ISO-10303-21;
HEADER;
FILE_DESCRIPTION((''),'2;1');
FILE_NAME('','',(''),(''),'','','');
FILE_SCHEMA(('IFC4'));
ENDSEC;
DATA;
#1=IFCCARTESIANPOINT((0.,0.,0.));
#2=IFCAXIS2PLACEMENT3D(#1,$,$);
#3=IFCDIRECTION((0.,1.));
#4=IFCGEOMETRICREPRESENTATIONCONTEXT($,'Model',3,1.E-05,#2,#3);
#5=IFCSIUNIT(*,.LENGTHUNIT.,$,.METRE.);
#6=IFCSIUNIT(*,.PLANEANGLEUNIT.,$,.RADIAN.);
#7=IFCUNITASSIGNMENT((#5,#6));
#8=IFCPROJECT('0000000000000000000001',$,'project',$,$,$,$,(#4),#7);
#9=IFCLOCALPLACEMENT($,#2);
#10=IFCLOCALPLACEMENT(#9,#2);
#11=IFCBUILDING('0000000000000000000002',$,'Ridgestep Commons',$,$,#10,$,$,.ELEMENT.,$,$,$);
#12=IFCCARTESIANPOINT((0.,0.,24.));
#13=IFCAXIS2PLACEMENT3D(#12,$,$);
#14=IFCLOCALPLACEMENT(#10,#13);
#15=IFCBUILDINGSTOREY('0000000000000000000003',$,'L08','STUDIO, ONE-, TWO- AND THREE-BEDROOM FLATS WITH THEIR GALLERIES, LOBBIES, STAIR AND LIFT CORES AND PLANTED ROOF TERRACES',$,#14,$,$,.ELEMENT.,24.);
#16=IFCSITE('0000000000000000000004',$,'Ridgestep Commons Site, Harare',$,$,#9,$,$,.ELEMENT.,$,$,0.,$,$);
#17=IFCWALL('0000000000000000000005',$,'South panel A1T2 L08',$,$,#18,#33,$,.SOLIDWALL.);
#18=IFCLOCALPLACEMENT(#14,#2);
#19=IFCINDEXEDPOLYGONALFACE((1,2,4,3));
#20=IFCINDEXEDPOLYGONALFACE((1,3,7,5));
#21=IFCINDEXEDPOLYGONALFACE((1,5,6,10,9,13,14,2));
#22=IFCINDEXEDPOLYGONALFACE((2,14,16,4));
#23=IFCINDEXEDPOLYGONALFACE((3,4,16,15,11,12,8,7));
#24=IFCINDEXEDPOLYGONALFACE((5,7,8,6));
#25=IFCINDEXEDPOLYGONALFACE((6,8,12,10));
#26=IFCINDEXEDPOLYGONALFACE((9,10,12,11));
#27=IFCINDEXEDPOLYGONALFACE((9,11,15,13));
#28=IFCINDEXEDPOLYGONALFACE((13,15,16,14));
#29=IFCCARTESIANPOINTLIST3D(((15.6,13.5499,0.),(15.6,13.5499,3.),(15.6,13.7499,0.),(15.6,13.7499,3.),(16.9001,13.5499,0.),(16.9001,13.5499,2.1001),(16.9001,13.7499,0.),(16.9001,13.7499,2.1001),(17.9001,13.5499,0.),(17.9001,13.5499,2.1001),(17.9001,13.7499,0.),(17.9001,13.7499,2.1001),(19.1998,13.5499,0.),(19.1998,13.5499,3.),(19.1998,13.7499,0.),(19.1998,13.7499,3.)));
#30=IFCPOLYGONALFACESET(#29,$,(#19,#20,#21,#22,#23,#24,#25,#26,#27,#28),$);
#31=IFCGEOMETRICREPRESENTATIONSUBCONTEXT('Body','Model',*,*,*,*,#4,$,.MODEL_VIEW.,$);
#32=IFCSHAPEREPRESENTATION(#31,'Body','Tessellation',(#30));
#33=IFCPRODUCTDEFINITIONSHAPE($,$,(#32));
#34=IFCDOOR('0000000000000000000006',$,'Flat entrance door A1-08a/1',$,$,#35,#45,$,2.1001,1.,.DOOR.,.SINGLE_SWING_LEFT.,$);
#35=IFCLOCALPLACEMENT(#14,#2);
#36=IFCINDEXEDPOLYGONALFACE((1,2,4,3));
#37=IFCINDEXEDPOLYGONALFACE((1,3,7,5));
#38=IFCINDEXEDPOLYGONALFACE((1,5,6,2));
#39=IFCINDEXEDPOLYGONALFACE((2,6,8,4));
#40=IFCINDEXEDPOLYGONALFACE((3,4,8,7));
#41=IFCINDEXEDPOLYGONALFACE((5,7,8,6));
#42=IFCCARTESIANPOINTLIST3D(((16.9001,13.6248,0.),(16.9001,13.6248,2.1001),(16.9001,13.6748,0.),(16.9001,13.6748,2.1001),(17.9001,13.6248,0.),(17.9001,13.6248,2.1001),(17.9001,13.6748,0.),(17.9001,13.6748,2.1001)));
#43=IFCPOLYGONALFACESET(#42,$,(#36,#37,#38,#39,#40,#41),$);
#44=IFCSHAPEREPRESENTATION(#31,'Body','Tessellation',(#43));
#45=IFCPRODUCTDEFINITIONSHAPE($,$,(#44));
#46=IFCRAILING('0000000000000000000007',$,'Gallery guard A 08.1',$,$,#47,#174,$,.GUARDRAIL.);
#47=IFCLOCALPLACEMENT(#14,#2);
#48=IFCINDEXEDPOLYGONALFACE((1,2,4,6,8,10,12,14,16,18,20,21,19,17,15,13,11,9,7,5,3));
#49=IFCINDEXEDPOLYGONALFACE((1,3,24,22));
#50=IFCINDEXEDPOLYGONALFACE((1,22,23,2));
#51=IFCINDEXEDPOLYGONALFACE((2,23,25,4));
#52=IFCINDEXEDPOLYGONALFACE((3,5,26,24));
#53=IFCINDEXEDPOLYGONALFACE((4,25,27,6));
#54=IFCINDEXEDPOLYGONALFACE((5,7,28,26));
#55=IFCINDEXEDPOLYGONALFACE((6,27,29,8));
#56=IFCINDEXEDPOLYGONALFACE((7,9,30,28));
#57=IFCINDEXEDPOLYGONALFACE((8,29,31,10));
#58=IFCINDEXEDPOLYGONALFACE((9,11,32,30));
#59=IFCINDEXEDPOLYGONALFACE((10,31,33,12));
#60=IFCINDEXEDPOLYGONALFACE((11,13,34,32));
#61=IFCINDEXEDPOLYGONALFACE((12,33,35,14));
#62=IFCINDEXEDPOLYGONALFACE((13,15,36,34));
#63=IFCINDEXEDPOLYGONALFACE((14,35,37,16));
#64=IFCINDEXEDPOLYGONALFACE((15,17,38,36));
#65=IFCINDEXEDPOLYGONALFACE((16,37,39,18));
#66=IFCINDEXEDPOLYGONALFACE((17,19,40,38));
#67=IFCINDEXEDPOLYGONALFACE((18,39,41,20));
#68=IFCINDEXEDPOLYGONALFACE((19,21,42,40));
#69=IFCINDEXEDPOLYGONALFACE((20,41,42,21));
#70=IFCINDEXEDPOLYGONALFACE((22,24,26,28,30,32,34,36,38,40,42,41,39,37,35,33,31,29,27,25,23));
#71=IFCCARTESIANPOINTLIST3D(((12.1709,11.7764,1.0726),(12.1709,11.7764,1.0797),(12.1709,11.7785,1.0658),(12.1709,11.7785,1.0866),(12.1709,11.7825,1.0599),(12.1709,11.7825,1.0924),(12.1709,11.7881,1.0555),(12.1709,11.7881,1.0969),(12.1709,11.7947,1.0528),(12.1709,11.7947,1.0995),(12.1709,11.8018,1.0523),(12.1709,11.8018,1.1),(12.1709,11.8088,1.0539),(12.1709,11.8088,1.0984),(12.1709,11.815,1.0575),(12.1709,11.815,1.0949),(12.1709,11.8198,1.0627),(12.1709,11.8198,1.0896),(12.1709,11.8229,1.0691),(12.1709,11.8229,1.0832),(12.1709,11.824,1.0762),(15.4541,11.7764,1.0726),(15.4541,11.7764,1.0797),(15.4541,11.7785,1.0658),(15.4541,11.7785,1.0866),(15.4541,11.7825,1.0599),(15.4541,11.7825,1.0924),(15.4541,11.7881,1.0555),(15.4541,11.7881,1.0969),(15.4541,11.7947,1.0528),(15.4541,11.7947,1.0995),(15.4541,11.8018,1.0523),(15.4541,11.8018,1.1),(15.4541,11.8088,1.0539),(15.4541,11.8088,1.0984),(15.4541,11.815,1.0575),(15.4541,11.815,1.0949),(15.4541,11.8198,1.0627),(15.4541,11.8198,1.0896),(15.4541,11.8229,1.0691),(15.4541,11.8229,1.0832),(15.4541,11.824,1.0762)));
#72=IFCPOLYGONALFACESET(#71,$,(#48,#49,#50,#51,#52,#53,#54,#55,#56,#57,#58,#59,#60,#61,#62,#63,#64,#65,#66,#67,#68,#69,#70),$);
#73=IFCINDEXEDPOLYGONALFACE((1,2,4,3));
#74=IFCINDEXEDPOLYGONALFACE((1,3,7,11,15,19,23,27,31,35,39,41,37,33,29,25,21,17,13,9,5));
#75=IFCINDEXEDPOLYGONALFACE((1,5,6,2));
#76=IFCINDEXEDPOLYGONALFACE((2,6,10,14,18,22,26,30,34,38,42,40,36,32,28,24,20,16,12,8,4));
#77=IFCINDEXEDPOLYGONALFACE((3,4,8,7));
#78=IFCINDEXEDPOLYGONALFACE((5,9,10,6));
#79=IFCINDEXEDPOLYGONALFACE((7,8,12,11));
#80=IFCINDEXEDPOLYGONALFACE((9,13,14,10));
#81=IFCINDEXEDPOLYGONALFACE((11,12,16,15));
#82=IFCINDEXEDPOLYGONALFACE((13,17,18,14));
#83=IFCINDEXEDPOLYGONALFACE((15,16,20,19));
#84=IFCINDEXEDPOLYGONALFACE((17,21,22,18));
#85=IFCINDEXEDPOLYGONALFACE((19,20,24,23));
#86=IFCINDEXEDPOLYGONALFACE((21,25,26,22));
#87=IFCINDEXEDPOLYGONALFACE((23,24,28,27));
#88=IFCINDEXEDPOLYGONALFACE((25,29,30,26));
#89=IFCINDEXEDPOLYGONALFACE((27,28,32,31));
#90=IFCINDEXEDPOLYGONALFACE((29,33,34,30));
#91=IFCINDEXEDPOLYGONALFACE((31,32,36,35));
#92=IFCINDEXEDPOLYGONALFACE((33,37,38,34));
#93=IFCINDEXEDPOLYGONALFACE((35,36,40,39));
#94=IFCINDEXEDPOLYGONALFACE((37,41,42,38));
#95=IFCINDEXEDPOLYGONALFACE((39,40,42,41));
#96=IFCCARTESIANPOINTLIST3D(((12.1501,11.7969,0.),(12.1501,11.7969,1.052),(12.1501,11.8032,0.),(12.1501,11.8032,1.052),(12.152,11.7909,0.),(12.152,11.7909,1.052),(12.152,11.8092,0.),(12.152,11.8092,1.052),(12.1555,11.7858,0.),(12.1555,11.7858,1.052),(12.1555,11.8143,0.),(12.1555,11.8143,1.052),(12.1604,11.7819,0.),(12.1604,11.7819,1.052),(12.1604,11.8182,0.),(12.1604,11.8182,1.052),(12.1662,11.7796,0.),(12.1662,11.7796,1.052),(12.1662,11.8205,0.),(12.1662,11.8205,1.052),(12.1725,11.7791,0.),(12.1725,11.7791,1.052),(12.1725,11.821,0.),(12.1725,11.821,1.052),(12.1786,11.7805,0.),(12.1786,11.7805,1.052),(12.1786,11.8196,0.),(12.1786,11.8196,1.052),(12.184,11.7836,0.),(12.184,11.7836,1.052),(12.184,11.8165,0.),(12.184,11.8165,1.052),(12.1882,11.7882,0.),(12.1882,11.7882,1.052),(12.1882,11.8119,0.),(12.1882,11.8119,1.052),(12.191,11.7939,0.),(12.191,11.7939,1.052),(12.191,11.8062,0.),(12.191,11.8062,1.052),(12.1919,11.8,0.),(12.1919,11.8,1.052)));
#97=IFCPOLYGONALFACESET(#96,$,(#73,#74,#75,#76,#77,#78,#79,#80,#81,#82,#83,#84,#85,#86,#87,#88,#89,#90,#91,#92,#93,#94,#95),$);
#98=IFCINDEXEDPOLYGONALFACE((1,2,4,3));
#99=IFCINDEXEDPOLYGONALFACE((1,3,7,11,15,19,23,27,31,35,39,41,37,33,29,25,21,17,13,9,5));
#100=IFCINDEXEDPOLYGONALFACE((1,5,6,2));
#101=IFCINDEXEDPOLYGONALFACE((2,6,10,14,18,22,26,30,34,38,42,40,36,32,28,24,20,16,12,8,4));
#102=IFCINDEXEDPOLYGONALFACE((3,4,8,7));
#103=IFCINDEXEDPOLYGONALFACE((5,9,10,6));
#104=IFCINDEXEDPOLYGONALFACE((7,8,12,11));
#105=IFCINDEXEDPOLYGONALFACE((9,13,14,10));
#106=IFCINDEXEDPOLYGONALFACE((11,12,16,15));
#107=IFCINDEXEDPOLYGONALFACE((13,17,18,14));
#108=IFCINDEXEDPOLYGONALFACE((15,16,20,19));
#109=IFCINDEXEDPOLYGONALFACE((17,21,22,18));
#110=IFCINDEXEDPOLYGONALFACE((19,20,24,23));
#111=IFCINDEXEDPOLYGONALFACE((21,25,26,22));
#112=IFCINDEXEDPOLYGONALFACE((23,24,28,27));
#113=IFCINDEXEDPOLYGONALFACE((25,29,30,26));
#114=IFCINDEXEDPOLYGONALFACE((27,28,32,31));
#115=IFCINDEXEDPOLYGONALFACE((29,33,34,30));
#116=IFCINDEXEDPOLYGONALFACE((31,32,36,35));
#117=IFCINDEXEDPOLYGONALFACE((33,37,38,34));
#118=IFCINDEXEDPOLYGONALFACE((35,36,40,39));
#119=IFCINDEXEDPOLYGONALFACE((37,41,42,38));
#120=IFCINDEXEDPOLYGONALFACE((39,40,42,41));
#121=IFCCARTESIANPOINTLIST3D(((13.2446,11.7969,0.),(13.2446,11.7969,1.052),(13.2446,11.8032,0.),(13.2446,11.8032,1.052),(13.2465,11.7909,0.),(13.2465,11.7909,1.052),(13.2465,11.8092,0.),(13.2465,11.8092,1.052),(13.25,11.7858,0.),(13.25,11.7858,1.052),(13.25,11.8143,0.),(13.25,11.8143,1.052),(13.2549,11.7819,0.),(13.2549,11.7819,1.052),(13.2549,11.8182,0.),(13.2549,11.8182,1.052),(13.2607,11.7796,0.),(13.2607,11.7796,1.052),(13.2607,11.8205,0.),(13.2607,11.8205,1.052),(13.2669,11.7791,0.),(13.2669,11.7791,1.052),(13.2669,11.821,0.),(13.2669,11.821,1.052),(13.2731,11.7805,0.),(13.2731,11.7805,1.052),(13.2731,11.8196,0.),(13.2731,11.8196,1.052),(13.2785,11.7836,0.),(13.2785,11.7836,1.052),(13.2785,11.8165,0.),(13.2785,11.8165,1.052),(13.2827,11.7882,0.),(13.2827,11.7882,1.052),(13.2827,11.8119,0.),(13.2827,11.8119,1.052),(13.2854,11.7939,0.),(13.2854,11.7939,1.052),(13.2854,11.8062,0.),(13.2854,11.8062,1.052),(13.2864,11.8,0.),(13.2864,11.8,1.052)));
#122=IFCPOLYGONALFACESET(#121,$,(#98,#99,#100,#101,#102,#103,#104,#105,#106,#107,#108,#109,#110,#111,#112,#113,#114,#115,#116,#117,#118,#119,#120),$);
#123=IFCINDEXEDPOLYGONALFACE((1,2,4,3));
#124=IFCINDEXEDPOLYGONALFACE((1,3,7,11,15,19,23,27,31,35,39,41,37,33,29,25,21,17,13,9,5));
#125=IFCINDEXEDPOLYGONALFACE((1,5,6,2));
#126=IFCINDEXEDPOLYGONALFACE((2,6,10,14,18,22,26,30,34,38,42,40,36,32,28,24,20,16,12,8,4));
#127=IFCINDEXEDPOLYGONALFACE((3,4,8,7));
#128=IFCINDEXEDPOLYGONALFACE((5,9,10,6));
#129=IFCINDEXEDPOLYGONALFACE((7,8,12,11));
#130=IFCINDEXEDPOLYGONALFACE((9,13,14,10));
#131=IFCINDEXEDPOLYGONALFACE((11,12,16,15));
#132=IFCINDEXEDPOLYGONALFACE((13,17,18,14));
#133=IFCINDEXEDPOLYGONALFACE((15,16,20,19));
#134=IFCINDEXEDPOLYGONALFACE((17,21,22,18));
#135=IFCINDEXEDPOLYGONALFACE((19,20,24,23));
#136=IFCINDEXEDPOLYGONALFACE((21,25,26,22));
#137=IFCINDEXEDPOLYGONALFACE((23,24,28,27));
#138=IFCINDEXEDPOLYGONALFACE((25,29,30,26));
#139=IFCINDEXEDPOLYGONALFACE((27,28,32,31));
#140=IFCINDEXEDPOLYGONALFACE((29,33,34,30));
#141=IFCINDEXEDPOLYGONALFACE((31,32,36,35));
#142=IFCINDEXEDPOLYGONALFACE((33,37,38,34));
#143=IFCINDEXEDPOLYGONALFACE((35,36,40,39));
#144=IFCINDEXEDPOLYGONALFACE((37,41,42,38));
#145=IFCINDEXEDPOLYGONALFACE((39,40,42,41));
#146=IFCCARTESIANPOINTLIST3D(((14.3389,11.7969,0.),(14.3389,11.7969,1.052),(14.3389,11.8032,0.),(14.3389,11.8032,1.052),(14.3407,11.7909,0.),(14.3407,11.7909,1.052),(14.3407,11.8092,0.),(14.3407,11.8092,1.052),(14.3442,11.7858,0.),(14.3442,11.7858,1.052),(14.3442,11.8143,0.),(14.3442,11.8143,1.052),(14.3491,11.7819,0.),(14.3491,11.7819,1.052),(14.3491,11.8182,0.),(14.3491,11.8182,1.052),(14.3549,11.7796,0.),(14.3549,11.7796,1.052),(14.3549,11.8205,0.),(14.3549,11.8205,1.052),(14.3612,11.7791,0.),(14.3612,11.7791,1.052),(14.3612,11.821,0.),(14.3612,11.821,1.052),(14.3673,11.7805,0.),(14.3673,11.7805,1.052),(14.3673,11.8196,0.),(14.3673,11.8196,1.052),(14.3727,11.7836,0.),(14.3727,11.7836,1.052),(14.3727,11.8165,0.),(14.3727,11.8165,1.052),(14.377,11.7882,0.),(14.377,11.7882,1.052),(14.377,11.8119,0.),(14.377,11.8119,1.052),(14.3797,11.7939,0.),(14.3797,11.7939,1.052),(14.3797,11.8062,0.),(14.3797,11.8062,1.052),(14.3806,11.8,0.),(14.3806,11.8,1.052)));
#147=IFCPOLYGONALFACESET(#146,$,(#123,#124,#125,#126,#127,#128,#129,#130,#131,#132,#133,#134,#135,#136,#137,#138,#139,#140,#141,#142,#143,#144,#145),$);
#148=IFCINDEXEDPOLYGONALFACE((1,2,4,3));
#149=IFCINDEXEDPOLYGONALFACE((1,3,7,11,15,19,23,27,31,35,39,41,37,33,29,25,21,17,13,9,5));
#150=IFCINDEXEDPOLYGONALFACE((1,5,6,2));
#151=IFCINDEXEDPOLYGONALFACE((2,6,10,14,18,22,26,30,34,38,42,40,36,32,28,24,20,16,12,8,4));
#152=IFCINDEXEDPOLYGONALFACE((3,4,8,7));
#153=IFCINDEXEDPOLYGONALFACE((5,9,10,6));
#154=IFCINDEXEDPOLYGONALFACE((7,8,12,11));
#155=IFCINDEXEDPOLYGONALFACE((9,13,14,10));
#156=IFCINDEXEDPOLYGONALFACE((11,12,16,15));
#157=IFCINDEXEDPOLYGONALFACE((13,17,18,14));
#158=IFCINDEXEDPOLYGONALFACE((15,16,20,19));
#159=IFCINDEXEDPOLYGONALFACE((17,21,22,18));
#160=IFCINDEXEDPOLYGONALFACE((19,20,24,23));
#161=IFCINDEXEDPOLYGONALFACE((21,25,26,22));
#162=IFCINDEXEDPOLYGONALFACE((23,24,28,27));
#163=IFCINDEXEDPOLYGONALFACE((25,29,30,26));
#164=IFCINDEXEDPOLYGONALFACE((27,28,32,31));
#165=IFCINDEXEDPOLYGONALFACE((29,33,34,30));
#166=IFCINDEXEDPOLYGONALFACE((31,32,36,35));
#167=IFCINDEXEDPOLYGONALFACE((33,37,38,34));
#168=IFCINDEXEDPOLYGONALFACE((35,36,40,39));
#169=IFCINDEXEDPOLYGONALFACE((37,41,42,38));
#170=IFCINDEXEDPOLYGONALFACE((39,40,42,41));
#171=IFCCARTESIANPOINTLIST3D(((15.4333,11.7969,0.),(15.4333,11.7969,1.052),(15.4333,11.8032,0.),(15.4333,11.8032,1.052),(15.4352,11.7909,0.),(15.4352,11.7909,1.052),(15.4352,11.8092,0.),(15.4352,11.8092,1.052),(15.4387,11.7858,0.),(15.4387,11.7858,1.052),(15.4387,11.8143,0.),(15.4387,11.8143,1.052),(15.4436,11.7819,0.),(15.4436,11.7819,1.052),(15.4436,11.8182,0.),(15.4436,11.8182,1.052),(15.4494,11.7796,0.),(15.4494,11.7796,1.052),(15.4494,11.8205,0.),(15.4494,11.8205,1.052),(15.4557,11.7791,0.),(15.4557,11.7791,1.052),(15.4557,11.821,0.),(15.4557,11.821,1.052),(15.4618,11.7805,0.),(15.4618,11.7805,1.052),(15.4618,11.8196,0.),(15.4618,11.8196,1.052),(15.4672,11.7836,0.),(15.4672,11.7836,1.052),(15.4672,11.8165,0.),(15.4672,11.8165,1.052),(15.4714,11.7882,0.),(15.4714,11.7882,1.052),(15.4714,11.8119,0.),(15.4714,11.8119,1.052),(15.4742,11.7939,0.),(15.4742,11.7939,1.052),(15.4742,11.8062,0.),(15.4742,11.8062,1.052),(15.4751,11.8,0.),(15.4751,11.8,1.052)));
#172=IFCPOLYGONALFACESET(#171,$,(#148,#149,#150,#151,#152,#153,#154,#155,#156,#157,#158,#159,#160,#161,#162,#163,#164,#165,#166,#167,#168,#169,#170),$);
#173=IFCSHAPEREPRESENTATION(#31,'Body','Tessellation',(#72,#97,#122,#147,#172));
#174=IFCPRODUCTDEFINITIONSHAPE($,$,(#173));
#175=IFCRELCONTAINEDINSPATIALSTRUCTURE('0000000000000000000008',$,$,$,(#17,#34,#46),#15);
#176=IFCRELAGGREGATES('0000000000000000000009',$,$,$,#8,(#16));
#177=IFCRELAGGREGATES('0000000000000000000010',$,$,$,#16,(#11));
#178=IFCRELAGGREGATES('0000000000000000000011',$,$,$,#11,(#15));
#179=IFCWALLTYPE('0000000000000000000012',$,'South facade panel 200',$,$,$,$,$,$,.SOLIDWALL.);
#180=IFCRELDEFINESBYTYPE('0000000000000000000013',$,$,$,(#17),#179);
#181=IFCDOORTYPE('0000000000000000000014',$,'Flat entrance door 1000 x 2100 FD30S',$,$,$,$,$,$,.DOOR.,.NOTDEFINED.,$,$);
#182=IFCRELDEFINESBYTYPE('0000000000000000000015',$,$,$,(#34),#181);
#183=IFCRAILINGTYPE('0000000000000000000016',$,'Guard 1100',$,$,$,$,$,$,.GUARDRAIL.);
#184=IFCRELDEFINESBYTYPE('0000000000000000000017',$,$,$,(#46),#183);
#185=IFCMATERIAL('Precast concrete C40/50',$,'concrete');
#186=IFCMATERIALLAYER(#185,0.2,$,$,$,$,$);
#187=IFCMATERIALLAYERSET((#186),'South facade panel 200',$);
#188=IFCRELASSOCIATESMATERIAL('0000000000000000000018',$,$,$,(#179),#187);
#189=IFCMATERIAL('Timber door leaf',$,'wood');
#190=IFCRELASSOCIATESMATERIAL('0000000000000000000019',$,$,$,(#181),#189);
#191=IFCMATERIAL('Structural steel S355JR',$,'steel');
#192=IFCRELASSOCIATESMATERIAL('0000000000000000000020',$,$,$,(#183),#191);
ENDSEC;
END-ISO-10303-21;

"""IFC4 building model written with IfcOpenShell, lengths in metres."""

from ifc_helpers import new_model, si_unit, direction, frame, frame_2d, origin, origin_2d, place, context, subcontext, project, spatial, rectangle, circle, extrude, material, layer, layer_set, type_object, element, fill, save


model = new_model("IFC4")

# Units and contexts
model_context = context("Model", 3, precision=1e-05, world=origin(), true_north=direction((0.0, 1.0)))
body_context = subcontext(model_context, "Body", "Model", "MODEL_VIEW")
ifc_project = project(units=[si_unit("LENGTHUNIT", "METRE"), si_unit("PLANEANGLEUNIT", "RADIAN")], contexts=[model_context])

# Site, building, storey
site_placement = place(None, origin())
site = spatial("IfcSite", under=ifc_project, at=site_placement, Name="Ridgestep Commons Site, Harare", CompositionType="ELEMENT", RefElevation=0.0)
building_placement = place(site_placement, origin())
building = spatial("IfcBuilding", under=site, at=building_placement, Name="Ridgestep Commons", CompositionType="ELEMENT")
storey_placement = place(building_placement, frame((0.0, 0.0, 24.0)))
storey = spatial("IfcBuildingStorey", under=building, at=storey_placement, Name="L08", Description="STUDIO, ONE-, TWO- AND THREE-BEDROOM FLATS WITH THEIR GALLERIES, LOBBIES, STAIR AND LIFT CORES AND PLANTED ROOF TERRACES", CompositionType="ELEMENT", Elevation=24.0)

# Shared definitions
ifc_material_1 = material(Name="Precast concrete C40/50", Category="concrete")
ifc_layer_1 = layer(ifc_material_1, 0.2)
ifc_layer_set_1 = layer_set([ifc_layer_1], Name="South facade panel 200")
wall_type_1 = type_object("IfcWallType", Name="South facade panel 200", PredefinedType="SOLIDWALL", material=ifc_layer_set_1)

# Wall, opening, door
wall_1_placement = place(storey_placement, frame((15.6001, 13.6499, 0.0), z_axis=(0.0, 0.0, 1.0), x_axis=(1.0, 0.0, 0.0)))
wall_1 = element("IfcWall", 1, at=wall_1_placement, inside=storey, type_object=wall_type_1, Name="South panel A1T2 L08", PredefinedType="SOLIDWALL", context=body_context, shape_type="SweptSolid", body=[
    extrude(rectangle(XDim=3.5999, YDim=0.2, at=frame_2d((1.7998, 0.0))), origin(), (0.0, 0.0, 1.0), 3.0),
])
opening_1_placement = place(wall_1_placement, frame((1.3, 0.0, 0.0)))
opening_1 = element("IfcOpeningElement", 2, at=opening_1_placement, cuts=wall_1, PredefinedType="OPENING", context=body_context, shape_type="SweptSolid", body=[
    extrude(rectangle(XDim=1.0, YDim=2.1001, at=frame_2d((0.5, 1.05))), frame((0.0, 0.1099, 0.0), z_axis=(0.0, -1.0, 0.0), x_axis=(1.0, 0.0, 0.0)), (0.0, 0.0, 1.0), 0.22),
])
ifc_material_2 = material(Name="Timber door leaf", Category="wood")
door_type_1 = type_object("IfcDoorType", Name="Flat entrance door 1000 x 2100 FD30S", OperationType="NOTDEFINED", PredefinedType="DOOR", material=ifc_material_2)
door_1_placement = place(opening_1_placement, origin())
door_1 = element("IfcDoor", 3, at=door_1_placement, inside=storey, type_object=door_type_1, Name="Flat entrance door A1-08a/1", OperationType="SINGLE_SWING_LEFT", OverallHeight=2.1001, OverallWidth=1.0, PredefinedType="DOOR", context=body_context, shape_type="SweptSolid", body=[
    extrude(rectangle(XDim=1.0, YDim=2.1001, at=frame_2d((0.5, 1.05))), frame((0.0, 0.0249, 0.0), z_axis=(0.0, -1.0, 0.0), x_axis=(1.0, 0.0, 0.0)), (0.0, 0.0, 1.0), 0.05),
])
fill(opening_1, door_1)

# Railing
ifc_material_3 = material(Name="Structural steel S355JR", Category="steel")
railing_type = type_object("IfcRailingType", Name="Guard 1100", PredefinedType="GUARDRAIL", material=ifc_material_3)
railing_placement = place(storey_placement, frame((12.1709, 11.8, 0.0)))
element("IfcRailing", 4, at=railing_placement, inside=storey, type_object=railing_type, Name="Gallery guard A 08.1", PredefinedType="GUARDRAIL", context=body_context, shape_type="SweptSolid", body=[
    extrude(circle(Radius=0.0239, at=origin_2d()), frame((0.0, 0.0, 1.0762), z_axis=(1.0, 0.0, 0.0), x_axis=(0.0, 1.0, 0.0)), (0.0, 0.0, 1.0), 3.2832),
    extrude(circle(Radius=0.021, at=origin_2d()), origin(), (0.0, 0.0, 1.0), 1.052),
    extrude(circle(Radius=0.021, at=origin_2d()), frame((1.0945, 0.0, 0.0)), (0.0, 0.0, 1.0), 1.052),
    extrude(circle(Radius=0.021, at=origin_2d()), frame((2.1887, 0.0, 0.0)), (0.0, 0.0, 1.0), 1.052),
    extrude(circle(Radius=0.021, at=origin_2d()), frame((3.2832, 0.0, 0.0)), (0.0, 0.0, 1.0), 1.052),
])

save(model, "model.ifc")
